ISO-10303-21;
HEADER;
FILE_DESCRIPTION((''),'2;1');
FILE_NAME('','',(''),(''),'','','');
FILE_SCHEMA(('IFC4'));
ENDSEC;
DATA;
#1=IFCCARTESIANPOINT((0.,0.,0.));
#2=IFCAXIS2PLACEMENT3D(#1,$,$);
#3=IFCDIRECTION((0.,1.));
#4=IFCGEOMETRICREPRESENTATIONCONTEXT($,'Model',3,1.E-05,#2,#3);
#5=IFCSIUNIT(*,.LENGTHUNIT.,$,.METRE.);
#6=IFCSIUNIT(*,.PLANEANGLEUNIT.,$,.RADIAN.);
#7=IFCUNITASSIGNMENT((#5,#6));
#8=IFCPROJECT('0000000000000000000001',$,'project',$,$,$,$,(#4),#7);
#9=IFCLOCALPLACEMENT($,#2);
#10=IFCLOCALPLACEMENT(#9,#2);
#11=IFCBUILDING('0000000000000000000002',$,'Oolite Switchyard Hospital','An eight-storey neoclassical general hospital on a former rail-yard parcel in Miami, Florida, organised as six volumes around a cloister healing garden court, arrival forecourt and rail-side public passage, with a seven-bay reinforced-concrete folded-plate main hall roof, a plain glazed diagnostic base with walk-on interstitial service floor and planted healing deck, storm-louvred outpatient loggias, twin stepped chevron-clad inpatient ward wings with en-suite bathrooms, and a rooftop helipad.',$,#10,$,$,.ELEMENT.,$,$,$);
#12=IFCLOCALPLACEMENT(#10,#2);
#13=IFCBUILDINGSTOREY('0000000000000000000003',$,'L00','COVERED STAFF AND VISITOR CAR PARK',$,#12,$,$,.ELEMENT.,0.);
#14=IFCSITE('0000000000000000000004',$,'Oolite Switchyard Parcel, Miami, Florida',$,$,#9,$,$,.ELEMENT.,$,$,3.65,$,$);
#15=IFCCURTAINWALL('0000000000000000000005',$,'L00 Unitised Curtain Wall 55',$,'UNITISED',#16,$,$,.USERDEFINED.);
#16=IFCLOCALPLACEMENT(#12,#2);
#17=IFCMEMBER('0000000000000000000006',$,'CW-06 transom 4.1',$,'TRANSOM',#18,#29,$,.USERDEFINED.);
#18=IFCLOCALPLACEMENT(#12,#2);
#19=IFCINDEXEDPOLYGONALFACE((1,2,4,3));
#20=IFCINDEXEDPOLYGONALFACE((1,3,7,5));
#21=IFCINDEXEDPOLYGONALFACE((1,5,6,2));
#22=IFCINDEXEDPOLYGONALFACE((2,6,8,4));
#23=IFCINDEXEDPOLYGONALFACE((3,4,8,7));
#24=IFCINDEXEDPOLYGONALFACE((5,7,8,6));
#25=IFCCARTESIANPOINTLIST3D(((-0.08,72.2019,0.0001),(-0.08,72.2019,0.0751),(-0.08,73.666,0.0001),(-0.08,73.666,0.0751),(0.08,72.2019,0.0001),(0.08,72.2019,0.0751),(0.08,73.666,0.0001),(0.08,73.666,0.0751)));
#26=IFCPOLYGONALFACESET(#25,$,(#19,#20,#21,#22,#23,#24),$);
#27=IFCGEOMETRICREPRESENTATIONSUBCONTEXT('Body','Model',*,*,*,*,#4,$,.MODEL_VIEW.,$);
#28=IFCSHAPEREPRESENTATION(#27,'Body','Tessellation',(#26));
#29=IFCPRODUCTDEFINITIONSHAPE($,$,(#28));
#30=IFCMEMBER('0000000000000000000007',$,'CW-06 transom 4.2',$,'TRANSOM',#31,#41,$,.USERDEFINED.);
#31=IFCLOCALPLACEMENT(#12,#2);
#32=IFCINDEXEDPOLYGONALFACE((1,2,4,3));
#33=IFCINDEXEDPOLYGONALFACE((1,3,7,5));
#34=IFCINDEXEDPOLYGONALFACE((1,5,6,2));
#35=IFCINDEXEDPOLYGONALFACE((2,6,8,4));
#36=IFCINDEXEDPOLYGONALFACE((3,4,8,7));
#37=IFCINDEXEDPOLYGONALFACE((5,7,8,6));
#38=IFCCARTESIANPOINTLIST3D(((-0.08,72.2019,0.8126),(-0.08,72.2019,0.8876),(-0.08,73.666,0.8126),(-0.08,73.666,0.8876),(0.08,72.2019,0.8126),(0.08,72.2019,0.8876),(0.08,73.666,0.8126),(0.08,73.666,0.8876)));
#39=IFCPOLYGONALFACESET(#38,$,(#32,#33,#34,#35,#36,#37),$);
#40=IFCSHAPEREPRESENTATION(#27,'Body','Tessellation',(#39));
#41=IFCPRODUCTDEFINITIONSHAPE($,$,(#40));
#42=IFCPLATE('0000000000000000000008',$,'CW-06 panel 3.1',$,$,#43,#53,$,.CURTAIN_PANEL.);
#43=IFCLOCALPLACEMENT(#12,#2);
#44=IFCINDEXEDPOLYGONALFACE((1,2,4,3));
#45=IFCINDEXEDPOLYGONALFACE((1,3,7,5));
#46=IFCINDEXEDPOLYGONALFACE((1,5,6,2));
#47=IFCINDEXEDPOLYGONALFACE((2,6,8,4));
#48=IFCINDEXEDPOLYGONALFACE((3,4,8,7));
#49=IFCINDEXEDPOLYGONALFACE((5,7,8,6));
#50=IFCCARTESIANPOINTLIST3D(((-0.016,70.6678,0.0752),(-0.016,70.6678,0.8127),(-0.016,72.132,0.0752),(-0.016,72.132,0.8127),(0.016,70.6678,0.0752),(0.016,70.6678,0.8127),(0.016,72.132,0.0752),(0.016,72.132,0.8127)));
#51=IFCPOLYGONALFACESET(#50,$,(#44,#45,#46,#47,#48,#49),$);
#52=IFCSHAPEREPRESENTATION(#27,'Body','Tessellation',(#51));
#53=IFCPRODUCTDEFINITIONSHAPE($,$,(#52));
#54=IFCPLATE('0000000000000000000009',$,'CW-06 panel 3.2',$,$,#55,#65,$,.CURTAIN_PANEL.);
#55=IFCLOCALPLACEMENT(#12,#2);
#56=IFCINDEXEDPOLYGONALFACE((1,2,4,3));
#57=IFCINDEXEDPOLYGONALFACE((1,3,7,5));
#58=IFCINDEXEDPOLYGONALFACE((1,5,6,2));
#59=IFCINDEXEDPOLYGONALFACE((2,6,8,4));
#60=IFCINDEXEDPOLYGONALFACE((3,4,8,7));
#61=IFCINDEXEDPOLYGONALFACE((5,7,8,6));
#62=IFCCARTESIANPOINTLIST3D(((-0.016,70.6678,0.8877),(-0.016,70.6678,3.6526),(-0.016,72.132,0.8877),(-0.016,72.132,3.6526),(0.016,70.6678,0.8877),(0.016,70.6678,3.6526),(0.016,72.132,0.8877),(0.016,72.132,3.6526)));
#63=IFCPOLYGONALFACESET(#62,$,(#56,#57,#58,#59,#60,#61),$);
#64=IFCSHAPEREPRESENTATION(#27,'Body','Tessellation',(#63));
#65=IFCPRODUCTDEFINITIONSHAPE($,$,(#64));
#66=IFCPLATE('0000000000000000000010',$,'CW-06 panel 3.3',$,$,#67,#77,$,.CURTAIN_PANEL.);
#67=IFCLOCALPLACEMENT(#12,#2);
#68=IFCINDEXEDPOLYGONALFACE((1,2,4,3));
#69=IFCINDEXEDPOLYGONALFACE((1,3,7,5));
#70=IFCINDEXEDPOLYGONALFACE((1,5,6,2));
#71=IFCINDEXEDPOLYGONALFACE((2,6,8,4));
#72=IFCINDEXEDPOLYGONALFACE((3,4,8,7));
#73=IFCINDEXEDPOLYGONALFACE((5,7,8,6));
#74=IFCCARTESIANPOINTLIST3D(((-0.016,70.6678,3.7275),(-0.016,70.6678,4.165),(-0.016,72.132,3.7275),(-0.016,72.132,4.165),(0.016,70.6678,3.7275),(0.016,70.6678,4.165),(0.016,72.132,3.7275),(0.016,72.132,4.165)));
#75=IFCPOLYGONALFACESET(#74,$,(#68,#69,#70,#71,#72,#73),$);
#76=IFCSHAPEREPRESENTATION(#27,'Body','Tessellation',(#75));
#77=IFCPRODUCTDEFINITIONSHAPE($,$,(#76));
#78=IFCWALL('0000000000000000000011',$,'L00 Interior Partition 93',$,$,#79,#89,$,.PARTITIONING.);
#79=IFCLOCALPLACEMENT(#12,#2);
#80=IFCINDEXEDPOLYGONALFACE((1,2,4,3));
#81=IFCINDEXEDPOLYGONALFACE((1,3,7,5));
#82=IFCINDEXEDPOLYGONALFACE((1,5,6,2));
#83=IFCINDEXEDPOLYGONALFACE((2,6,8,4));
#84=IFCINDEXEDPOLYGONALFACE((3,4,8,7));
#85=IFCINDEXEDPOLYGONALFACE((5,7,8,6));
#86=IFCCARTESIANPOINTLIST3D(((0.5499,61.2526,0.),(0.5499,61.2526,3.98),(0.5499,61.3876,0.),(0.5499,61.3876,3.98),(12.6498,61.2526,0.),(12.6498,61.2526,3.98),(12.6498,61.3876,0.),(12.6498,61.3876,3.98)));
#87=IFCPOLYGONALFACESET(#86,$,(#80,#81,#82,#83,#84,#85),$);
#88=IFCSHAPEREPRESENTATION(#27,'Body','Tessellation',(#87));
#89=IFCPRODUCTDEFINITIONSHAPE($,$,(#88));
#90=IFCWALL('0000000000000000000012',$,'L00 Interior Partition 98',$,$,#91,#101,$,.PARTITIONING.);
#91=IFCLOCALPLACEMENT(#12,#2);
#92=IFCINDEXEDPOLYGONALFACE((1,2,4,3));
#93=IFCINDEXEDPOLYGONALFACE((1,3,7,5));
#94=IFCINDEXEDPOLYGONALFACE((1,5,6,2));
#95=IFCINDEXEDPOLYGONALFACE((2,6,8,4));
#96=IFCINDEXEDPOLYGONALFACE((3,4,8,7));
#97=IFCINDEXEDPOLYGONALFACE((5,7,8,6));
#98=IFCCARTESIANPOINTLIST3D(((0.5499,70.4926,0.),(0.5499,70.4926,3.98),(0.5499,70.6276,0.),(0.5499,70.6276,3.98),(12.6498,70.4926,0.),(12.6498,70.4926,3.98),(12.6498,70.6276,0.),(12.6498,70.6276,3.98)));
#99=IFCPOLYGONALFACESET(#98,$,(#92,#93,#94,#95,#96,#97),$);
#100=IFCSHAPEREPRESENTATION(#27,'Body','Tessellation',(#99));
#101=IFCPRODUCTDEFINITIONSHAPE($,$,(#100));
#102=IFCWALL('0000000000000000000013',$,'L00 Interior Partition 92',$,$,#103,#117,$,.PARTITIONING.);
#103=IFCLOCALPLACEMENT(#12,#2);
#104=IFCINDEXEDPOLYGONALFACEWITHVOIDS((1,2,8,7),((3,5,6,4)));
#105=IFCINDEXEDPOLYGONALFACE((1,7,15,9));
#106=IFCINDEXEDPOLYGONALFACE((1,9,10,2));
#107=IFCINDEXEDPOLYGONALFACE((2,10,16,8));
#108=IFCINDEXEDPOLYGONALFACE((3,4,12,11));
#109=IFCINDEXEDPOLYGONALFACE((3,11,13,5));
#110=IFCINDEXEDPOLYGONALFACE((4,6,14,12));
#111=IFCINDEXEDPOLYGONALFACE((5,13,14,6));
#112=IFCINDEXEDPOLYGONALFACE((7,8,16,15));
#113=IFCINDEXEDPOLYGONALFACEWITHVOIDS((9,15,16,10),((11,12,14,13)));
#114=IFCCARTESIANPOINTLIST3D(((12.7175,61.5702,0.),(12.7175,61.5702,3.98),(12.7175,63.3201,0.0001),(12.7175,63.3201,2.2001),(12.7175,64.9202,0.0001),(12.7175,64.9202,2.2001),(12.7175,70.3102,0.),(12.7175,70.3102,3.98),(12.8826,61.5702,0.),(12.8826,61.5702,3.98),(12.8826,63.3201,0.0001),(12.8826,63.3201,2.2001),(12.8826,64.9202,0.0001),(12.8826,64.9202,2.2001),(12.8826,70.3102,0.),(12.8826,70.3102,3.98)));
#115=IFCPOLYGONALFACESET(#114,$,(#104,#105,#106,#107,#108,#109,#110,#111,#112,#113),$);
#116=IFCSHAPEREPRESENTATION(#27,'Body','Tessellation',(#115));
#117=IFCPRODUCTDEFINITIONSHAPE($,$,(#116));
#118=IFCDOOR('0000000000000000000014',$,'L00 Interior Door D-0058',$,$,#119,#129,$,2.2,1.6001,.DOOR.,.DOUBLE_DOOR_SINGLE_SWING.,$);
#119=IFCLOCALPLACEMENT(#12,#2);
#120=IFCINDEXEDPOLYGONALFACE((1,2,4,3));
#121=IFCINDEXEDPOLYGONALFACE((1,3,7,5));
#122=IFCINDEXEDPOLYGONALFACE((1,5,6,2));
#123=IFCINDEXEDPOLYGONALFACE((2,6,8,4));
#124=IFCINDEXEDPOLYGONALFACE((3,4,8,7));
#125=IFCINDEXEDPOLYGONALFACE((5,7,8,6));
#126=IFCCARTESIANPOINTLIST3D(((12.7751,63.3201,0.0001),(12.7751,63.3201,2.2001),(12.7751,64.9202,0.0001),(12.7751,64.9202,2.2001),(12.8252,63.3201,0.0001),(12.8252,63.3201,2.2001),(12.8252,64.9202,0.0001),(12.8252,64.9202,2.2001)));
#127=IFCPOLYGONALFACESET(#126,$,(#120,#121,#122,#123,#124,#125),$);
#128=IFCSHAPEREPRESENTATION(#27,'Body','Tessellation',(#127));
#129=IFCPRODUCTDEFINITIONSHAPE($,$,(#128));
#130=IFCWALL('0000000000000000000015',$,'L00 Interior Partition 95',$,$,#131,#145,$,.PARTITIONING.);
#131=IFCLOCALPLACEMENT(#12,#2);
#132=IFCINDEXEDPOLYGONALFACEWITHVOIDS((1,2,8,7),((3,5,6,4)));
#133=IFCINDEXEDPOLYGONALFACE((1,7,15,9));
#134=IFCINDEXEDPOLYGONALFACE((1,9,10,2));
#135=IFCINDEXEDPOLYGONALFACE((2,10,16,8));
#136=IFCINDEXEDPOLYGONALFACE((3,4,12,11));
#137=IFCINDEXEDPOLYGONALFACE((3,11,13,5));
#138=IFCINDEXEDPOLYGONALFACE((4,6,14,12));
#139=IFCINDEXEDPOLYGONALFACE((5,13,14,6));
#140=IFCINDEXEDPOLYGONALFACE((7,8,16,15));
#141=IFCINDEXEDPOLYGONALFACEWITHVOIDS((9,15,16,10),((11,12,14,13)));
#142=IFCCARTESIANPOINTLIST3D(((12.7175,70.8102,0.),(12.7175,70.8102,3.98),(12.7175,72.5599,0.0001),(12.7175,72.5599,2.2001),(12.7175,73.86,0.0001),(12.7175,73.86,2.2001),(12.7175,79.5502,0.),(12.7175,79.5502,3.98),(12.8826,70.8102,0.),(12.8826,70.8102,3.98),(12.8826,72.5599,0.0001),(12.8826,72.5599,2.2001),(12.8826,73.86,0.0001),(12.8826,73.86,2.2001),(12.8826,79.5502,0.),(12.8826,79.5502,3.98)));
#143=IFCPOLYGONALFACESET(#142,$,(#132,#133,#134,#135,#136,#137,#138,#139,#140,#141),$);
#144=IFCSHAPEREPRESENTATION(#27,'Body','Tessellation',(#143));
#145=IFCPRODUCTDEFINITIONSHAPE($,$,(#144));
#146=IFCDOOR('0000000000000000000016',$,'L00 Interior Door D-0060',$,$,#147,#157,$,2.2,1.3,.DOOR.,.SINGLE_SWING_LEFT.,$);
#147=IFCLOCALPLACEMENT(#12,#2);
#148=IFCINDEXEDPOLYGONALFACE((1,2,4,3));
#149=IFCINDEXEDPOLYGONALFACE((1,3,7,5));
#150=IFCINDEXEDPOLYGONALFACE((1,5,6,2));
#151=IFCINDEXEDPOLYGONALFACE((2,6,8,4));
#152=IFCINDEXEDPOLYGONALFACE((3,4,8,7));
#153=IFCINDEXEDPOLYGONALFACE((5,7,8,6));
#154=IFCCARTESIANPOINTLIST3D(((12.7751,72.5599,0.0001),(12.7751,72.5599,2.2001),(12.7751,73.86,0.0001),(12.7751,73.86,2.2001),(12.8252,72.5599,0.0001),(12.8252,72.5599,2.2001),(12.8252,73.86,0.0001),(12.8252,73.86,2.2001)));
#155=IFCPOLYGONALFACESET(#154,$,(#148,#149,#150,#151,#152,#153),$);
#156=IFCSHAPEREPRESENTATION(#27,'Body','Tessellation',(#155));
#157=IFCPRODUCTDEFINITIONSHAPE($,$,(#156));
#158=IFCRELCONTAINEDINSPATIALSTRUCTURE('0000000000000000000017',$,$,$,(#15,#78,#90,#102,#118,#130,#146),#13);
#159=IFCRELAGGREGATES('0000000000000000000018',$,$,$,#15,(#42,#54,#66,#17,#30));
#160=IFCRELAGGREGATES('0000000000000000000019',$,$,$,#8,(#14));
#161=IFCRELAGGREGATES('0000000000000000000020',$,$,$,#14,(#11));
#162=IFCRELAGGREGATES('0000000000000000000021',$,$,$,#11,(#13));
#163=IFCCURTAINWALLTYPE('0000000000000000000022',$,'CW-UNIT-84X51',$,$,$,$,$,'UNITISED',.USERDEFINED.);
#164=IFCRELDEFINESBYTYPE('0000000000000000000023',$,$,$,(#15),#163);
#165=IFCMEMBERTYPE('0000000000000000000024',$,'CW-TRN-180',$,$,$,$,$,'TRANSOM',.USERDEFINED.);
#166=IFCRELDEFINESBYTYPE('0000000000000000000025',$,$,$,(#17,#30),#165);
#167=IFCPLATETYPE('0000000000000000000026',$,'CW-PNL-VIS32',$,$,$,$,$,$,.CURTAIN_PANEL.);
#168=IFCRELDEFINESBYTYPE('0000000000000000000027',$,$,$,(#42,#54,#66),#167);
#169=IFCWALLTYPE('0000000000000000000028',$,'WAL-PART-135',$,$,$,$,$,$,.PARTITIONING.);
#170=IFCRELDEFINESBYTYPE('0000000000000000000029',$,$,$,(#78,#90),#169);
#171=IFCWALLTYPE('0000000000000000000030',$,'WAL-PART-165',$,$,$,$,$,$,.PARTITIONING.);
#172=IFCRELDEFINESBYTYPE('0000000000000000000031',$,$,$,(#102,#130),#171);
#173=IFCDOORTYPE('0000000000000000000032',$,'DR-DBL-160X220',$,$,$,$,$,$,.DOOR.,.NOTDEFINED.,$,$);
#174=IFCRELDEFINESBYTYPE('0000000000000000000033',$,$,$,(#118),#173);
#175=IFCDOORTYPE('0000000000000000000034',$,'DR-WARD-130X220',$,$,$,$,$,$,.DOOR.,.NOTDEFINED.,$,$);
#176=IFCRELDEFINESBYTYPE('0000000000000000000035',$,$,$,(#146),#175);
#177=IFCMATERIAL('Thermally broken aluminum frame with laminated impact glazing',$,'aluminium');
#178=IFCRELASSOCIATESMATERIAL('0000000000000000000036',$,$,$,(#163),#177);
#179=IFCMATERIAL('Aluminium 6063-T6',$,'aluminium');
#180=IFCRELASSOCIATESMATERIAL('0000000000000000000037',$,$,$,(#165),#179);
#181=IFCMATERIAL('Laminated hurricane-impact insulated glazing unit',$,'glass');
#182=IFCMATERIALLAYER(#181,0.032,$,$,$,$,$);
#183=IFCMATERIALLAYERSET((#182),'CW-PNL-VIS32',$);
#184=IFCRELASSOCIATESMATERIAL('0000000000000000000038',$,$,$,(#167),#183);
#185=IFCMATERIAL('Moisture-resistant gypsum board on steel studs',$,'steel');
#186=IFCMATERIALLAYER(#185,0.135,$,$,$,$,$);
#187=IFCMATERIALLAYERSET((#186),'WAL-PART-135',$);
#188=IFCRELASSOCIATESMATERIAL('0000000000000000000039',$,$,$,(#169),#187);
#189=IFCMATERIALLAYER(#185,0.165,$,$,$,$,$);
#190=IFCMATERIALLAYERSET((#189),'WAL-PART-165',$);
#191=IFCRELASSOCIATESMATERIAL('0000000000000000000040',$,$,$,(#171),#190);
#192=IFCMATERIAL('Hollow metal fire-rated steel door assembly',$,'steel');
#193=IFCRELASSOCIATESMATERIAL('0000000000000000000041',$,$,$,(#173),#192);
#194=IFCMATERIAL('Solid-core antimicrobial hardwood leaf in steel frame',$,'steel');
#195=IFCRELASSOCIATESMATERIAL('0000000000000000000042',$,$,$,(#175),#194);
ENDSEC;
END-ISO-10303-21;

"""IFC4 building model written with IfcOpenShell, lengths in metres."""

from ifc_helpers import new_model, si_unit, direction, frame, frame_2d, origin, origin_2d, place, context, subcontext, project, spatial, rectangle, extrude, material, layer, layer_set, material_profile, profile_set, type_object, element, fill, aggregate, save


model = new_model("IFC4")

# Units and contexts
model_context = context("Model", 3, precision=1e-05, world=origin(), true_north=direction((0.0, 1.0)))
body_context = subcontext(model_context, "Body", "Model", "MODEL_VIEW")
ifc_project = project(units=[si_unit("LENGTHUNIT", "METRE"), si_unit("PLANEANGLEUNIT", "RADIAN")], contexts=[model_context])

# Site, building, storey
site_placement = place(None, origin())
site = spatial("IfcSite", under=ifc_project, at=site_placement, Name="Oolite Switchyard Parcel, Miami, Florida", CompositionType="ELEMENT", RefElevation=3.65)
building_placement = place(site_placement, origin())
building = spatial("IfcBuilding", under=site, at=building_placement, Name="Oolite Switchyard Hospital", Description="An eight-storey neoclassical general hospital on a former rail-yard parcel in Miami, Florida, organised as six volumes around a cloister healing garden court, arrival forecourt and rail-side public passage, with a seven-bay reinforced-concrete folded-plate main hall roof, a plain glazed diagnostic base with walk-on interstitial service floor and planted healing deck, storm-louvred outpatient loggias, twin stepped chevron-clad inpatient ward wings with en-suite bathrooms, and a rooftop helipad.", CompositionType="ELEMENT")
storey_placement = place(building_placement, origin())
storey = spatial("IfcBuildingStorey", under=building, at=storey_placement, Name="L00", Description="COVERED STAFF AND VISITOR CAR PARK", CompositionType="ELEMENT", Elevation=0.0)

# Curtain wall, members, plates
ifc_material_1 = material(Name="Thermally broken aluminum frame with laminated impact glazing", Category="aluminium")
curtain_wall_type = type_object("IfcCurtainWallType", Name="CW-UNIT-84X51", ElementType="UNITISED", PredefinedType="USERDEFINED", material=ifc_material_1)
curtain_wall_placement = place(storey_placement, origin())
curtain_wall = element("IfcCurtainWall", 1, at=curtain_wall_placement, inside=storey, type_object=curtain_wall_type, Name="L00 Unitised Curtain Wall 55", ObjectType="UNITISED", PredefinedType="USERDEFINED")
ifc_material_2 = material(Name="Aluminium 6063-T6", Category="aluminium")
ifc_material_profile_1 = material_profile(ifc_material_2, rectangle(XDim=0.1599, YDim=0.075, at=origin_2d()), Name="CWT75X160")
ifc_profile_set_1 = profile_set([ifc_material_profile_1], Name="Aluminium 6063-T6")
member_type_1 = type_object("IfcMemberType", Name="CW-TRN-180", ElementType="TRANSOM", PredefinedType="USERDEFINED", material=ifc_profile_set_1)
member_1_placement = place(storey_placement, frame((0.0, 72.2019, 0.0376), z_axis=(0.0, 1.0, 0.0), x_axis=(-1.0, 0.0, 0.0)))
member_1 = element("IfcMember", 2, at=member_1_placement, type_object=member_type_1, Name="CW-06 transom 4.1", ObjectType="TRANSOM", PredefinedType="USERDEFINED", context=body_context, shape_type="SweptSolid", body=[
    extrude(rectangle(XDim=0.1599, YDim=0.075, at=origin_2d()), origin(), (0.0, 0.0, 1.0), 1.4641),
])
member_2_placement = place(storey_placement, frame((0.0, 72.2019, 0.8501), z_axis=(0.0, 1.0, 0.0), x_axis=(-1.0, 0.0, 0.0)))
member_2 = element("IfcMember", 3, at=member_2_placement, type_object=member_type_1, Name="CW-06 transom 4.2", ObjectType="TRANSOM", PredefinedType="USERDEFINED", context=body_context, shape_type="SweptSolid", body=[
    extrude(rectangle(XDim=0.1599, YDim=0.075, at=origin_2d()), origin(), (0.0, 0.0, 1.0), 1.4641),
])
ifc_material_3 = material(Name="Laminated hurricane-impact insulated glazing unit", Category="glass")
ifc_layer_1 = layer(ifc_material_3, 0.032)
ifc_layer_set_1 = layer_set([ifc_layer_1], Name="CW-PNL-VIS32")
plate_type = type_object("IfcPlateType", Name="CW-PNL-VIS32", PredefinedType="CURTAIN_PANEL", material=ifc_layer_set_1)
plate_1_placement = place(storey_placement, frame((0.0, 71.3999, 0.0752), z_axis=(0.0, 0.0, 1.0), x_axis=(0.0, 1.0, 0.0)))
plate_1 = element("IfcPlate", 4, at=plate_1_placement, type_object=plate_type, Name="CW-06 panel 3.1", PredefinedType="CURTAIN_PANEL", context=body_context, shape_type="SweptSolid", body=[
    extrude(rectangle(XDim=1.4641, YDim=0.032, at=origin_2d()), origin(), (0.0, 0.0, 1.0), 0.7375),
])
plate_2_placement = place(storey_placement, frame((0.0, 71.3999, 0.8877), z_axis=(0.0, 0.0, 1.0), x_axis=(0.0, 1.0, 0.0)))
plate_2 = element("IfcPlate", 5, at=plate_2_placement, type_object=plate_type, Name="CW-06 panel 3.2", PredefinedType="CURTAIN_PANEL", context=body_context, shape_type="SweptSolid", body=[
    extrude(rectangle(XDim=1.4641, YDim=0.032, at=origin_2d()), origin(), (0.0, 0.0, 1.0), 2.7649),
])
plate_3_placement = place(storey_placement, frame((0.0, 71.3999, 3.7275), z_axis=(0.0, 0.0, 1.0), x_axis=(0.0, 1.0, 0.0)))
plate_3 = element("IfcPlate", 6, at=plate_3_placement, type_object=plate_type, Name="CW-06 panel 3.3", PredefinedType="CURTAIN_PANEL", context=body_context, shape_type="SweptSolid", body=[
    extrude(rectangle(XDim=1.4641, YDim=0.032, at=origin_2d()), origin(), (0.0, 0.0, 1.0), 0.4375),
])
aggregate(curtain_wall, [plate_1, plate_2, plate_3, member_1, member_2])

# Walls
ifc_material_4 = material(Name="Moisture-resistant gypsum board on steel studs", Category="steel")
ifc_layer_2 = layer(ifc_material_4, 0.135)
ifc_layer_set_2 = layer_set([ifc_layer_2], Name="WAL-PART-135")
wall_type_1 = type_object("IfcWallType", Name="WAL-PART-135", PredefinedType="PARTITIONING", material=ifc_layer_set_2)
for number, where, z_axis, x_axis, name in (
    (7, (0.55, 61.3201, 0.0), (0.0, 0.0, 1.0), (1.0, 0.0, 0.0), "L00 Interior Partition 93"),
    (8, (0.55, 70.5601, 0.0), (0.0, 0.0, 1.0), (1.0, 0.0, 0.0), "L00 Interior Partition 98"),
):
    element("IfcWall", number, at=place(storey_placement, frame(where, z_axis=z_axis, x_axis=x_axis)), inside=storey, type_object=wall_type_1, Name=name, PredefinedType="PARTITIONING", context=body_context, shape_type="SweptSolid", body=[
        extrude(rectangle(XDim=12.0999, YDim=0.135, at=frame_2d((6.0498, 0.0))), origin(), (0.0, 0.0, 1.0), 3.98),
    ])

# Walls, openings, doors
ifc_layer_3 = layer(ifc_material_4, 0.165)
ifc_layer_set_3 = layer_set([ifc_layer_3], Name="WAL-PART-165")
wall_type_2 = type_object("IfcWallType", Name="WAL-PART-165", PredefinedType="PARTITIONING", material=ifc_layer_set_3)
wall_1_placement = place(storey_placement, frame((12.8, 61.5701, 0.0), z_axis=(0.0, 0.0, 1.0), x_axis=(0.0, 1.0, 0.0)))
wall_1 = element("IfcWall", 9, at=wall_1_placement, inside=storey, type_object=wall_type_2, Name="L00 Interior Partition 92", PredefinedType="PARTITIONING", context=body_context, shape_type="SweptSolid", body=[
    extrude(rectangle(XDim=8.74, YDim=0.165, at=frame_2d((4.3701, 0.0))), origin(), (0.0, 0.0, 1.0), 3.98),
])
opening_1_placement = place(wall_1_placement, frame((1.75, 0.0, 0.0)))
opening_1 = element("IfcOpeningElement", 10, at=opening_1_placement, cuts=wall_1, PredefinedType="OPENING", context=body_context, shape_type="SweptSolid", body=[
    extrude(rectangle(XDim=1.6001, YDim=2.2, at=frame_2d((0.8, 1.1001))), frame((0.0, 0.0925, 0.0), z_axis=(0.0, -1.0, 0.0), x_axis=(1.0, 0.0, 0.0)), (0.0, 0.0, 1.0), 0.1851),
])
ifc_material_5 = material(Name="Hollow metal fire-rated steel door assembly", Category="steel")
door_type_1 = type_object("IfcDoorType", Name="DR-DBL-160X220", OperationType="NOTDEFINED", PredefinedType="DOOR", material=ifc_material_5)
door_1_placement = place(opening_1_placement, origin())
door_1 = element("IfcDoor", 11, at=door_1_placement, inside=storey, type_object=door_type_1, Name="L00 Interior Door D-0058", OperationType="DOUBLE_DOOR_SINGLE_SWING", OverallHeight=2.2, OverallWidth=1.6001, PredefinedType="DOOR", context=body_context, shape_type="SweptSolid", body=[
    extrude(rectangle(XDim=1.6001, YDim=2.2, at=frame_2d((0.8, 1.1001))), frame((0.0, 0.0249, 0.0), z_axis=(0.0, -1.0, 0.0), x_axis=(1.0, 0.0, 0.0)), (0.0, 0.0, 1.0), 0.05),
])
fill(opening_1, door_1)
wall_2_placement = place(storey_placement, frame((12.8, 70.8101, 0.0), z_axis=(0.0, 0.0, 1.0), x_axis=(0.0, 1.0, 0.0)))
wall_2 = element("IfcWall", 12, at=wall_2_placement, inside=storey, type_object=wall_type_2, Name="L00 Interior Partition 95", PredefinedType="PARTITIONING", context=body_context, shape_type="SweptSolid", body=[
    extrude(rectangle(XDim=8.74, YDim=0.165, at=frame_2d((4.3701, 0.0))), origin(), (0.0, 0.0, 1.0), 3.98),
])
opening_2_placement = place(wall_2_placement, frame((1.75, 0.0, 0.0)))
opening_2 = element("IfcOpeningElement", 13, at=opening_2_placement, cuts=wall_2, PredefinedType="OPENING", context=body_context, shape_type="SweptSolid", body=[
    extrude(rectangle(XDim=1.3, YDim=2.2, at=frame_2d((0.6499, 1.1001))), frame((0.0, 0.0925, 0.0), z_axis=(0.0, -1.0, 0.0), x_axis=(1.0, 0.0, 0.0)), (0.0, 0.0, 1.0), 0.1851),
])
ifc_material_6 = material(Name="Solid-core antimicrobial hardwood leaf in steel frame", Category="steel")
door_type_2 = type_object("IfcDoorType", Name="DR-WARD-130X220", OperationType="NOTDEFINED", PredefinedType="DOOR", material=ifc_material_6)
door_2_placement = place(opening_2_placement, origin())
door_2 = element("IfcDoor", 14, at=door_2_placement, inside=storey, type_object=door_type_2, Name="L00 Interior Door D-0060", OperationType="SINGLE_SWING_LEFT", OverallHeight=2.2, OverallWidth=1.3, PredefinedType="DOOR", context=body_context, shape_type="SweptSolid", body=[
    extrude(rectangle(XDim=1.3, YDim=2.2, at=frame_2d((0.6499, 1.1001))), frame((0.0, 0.0249, 0.0), z_axis=(0.0, -1.0, 0.0), x_axis=(1.0, 0.0, 0.0)), (0.0, 0.0, 1.0), 0.05),
])
fill(opening_2, door_2)

save(model, "model.ifc")
